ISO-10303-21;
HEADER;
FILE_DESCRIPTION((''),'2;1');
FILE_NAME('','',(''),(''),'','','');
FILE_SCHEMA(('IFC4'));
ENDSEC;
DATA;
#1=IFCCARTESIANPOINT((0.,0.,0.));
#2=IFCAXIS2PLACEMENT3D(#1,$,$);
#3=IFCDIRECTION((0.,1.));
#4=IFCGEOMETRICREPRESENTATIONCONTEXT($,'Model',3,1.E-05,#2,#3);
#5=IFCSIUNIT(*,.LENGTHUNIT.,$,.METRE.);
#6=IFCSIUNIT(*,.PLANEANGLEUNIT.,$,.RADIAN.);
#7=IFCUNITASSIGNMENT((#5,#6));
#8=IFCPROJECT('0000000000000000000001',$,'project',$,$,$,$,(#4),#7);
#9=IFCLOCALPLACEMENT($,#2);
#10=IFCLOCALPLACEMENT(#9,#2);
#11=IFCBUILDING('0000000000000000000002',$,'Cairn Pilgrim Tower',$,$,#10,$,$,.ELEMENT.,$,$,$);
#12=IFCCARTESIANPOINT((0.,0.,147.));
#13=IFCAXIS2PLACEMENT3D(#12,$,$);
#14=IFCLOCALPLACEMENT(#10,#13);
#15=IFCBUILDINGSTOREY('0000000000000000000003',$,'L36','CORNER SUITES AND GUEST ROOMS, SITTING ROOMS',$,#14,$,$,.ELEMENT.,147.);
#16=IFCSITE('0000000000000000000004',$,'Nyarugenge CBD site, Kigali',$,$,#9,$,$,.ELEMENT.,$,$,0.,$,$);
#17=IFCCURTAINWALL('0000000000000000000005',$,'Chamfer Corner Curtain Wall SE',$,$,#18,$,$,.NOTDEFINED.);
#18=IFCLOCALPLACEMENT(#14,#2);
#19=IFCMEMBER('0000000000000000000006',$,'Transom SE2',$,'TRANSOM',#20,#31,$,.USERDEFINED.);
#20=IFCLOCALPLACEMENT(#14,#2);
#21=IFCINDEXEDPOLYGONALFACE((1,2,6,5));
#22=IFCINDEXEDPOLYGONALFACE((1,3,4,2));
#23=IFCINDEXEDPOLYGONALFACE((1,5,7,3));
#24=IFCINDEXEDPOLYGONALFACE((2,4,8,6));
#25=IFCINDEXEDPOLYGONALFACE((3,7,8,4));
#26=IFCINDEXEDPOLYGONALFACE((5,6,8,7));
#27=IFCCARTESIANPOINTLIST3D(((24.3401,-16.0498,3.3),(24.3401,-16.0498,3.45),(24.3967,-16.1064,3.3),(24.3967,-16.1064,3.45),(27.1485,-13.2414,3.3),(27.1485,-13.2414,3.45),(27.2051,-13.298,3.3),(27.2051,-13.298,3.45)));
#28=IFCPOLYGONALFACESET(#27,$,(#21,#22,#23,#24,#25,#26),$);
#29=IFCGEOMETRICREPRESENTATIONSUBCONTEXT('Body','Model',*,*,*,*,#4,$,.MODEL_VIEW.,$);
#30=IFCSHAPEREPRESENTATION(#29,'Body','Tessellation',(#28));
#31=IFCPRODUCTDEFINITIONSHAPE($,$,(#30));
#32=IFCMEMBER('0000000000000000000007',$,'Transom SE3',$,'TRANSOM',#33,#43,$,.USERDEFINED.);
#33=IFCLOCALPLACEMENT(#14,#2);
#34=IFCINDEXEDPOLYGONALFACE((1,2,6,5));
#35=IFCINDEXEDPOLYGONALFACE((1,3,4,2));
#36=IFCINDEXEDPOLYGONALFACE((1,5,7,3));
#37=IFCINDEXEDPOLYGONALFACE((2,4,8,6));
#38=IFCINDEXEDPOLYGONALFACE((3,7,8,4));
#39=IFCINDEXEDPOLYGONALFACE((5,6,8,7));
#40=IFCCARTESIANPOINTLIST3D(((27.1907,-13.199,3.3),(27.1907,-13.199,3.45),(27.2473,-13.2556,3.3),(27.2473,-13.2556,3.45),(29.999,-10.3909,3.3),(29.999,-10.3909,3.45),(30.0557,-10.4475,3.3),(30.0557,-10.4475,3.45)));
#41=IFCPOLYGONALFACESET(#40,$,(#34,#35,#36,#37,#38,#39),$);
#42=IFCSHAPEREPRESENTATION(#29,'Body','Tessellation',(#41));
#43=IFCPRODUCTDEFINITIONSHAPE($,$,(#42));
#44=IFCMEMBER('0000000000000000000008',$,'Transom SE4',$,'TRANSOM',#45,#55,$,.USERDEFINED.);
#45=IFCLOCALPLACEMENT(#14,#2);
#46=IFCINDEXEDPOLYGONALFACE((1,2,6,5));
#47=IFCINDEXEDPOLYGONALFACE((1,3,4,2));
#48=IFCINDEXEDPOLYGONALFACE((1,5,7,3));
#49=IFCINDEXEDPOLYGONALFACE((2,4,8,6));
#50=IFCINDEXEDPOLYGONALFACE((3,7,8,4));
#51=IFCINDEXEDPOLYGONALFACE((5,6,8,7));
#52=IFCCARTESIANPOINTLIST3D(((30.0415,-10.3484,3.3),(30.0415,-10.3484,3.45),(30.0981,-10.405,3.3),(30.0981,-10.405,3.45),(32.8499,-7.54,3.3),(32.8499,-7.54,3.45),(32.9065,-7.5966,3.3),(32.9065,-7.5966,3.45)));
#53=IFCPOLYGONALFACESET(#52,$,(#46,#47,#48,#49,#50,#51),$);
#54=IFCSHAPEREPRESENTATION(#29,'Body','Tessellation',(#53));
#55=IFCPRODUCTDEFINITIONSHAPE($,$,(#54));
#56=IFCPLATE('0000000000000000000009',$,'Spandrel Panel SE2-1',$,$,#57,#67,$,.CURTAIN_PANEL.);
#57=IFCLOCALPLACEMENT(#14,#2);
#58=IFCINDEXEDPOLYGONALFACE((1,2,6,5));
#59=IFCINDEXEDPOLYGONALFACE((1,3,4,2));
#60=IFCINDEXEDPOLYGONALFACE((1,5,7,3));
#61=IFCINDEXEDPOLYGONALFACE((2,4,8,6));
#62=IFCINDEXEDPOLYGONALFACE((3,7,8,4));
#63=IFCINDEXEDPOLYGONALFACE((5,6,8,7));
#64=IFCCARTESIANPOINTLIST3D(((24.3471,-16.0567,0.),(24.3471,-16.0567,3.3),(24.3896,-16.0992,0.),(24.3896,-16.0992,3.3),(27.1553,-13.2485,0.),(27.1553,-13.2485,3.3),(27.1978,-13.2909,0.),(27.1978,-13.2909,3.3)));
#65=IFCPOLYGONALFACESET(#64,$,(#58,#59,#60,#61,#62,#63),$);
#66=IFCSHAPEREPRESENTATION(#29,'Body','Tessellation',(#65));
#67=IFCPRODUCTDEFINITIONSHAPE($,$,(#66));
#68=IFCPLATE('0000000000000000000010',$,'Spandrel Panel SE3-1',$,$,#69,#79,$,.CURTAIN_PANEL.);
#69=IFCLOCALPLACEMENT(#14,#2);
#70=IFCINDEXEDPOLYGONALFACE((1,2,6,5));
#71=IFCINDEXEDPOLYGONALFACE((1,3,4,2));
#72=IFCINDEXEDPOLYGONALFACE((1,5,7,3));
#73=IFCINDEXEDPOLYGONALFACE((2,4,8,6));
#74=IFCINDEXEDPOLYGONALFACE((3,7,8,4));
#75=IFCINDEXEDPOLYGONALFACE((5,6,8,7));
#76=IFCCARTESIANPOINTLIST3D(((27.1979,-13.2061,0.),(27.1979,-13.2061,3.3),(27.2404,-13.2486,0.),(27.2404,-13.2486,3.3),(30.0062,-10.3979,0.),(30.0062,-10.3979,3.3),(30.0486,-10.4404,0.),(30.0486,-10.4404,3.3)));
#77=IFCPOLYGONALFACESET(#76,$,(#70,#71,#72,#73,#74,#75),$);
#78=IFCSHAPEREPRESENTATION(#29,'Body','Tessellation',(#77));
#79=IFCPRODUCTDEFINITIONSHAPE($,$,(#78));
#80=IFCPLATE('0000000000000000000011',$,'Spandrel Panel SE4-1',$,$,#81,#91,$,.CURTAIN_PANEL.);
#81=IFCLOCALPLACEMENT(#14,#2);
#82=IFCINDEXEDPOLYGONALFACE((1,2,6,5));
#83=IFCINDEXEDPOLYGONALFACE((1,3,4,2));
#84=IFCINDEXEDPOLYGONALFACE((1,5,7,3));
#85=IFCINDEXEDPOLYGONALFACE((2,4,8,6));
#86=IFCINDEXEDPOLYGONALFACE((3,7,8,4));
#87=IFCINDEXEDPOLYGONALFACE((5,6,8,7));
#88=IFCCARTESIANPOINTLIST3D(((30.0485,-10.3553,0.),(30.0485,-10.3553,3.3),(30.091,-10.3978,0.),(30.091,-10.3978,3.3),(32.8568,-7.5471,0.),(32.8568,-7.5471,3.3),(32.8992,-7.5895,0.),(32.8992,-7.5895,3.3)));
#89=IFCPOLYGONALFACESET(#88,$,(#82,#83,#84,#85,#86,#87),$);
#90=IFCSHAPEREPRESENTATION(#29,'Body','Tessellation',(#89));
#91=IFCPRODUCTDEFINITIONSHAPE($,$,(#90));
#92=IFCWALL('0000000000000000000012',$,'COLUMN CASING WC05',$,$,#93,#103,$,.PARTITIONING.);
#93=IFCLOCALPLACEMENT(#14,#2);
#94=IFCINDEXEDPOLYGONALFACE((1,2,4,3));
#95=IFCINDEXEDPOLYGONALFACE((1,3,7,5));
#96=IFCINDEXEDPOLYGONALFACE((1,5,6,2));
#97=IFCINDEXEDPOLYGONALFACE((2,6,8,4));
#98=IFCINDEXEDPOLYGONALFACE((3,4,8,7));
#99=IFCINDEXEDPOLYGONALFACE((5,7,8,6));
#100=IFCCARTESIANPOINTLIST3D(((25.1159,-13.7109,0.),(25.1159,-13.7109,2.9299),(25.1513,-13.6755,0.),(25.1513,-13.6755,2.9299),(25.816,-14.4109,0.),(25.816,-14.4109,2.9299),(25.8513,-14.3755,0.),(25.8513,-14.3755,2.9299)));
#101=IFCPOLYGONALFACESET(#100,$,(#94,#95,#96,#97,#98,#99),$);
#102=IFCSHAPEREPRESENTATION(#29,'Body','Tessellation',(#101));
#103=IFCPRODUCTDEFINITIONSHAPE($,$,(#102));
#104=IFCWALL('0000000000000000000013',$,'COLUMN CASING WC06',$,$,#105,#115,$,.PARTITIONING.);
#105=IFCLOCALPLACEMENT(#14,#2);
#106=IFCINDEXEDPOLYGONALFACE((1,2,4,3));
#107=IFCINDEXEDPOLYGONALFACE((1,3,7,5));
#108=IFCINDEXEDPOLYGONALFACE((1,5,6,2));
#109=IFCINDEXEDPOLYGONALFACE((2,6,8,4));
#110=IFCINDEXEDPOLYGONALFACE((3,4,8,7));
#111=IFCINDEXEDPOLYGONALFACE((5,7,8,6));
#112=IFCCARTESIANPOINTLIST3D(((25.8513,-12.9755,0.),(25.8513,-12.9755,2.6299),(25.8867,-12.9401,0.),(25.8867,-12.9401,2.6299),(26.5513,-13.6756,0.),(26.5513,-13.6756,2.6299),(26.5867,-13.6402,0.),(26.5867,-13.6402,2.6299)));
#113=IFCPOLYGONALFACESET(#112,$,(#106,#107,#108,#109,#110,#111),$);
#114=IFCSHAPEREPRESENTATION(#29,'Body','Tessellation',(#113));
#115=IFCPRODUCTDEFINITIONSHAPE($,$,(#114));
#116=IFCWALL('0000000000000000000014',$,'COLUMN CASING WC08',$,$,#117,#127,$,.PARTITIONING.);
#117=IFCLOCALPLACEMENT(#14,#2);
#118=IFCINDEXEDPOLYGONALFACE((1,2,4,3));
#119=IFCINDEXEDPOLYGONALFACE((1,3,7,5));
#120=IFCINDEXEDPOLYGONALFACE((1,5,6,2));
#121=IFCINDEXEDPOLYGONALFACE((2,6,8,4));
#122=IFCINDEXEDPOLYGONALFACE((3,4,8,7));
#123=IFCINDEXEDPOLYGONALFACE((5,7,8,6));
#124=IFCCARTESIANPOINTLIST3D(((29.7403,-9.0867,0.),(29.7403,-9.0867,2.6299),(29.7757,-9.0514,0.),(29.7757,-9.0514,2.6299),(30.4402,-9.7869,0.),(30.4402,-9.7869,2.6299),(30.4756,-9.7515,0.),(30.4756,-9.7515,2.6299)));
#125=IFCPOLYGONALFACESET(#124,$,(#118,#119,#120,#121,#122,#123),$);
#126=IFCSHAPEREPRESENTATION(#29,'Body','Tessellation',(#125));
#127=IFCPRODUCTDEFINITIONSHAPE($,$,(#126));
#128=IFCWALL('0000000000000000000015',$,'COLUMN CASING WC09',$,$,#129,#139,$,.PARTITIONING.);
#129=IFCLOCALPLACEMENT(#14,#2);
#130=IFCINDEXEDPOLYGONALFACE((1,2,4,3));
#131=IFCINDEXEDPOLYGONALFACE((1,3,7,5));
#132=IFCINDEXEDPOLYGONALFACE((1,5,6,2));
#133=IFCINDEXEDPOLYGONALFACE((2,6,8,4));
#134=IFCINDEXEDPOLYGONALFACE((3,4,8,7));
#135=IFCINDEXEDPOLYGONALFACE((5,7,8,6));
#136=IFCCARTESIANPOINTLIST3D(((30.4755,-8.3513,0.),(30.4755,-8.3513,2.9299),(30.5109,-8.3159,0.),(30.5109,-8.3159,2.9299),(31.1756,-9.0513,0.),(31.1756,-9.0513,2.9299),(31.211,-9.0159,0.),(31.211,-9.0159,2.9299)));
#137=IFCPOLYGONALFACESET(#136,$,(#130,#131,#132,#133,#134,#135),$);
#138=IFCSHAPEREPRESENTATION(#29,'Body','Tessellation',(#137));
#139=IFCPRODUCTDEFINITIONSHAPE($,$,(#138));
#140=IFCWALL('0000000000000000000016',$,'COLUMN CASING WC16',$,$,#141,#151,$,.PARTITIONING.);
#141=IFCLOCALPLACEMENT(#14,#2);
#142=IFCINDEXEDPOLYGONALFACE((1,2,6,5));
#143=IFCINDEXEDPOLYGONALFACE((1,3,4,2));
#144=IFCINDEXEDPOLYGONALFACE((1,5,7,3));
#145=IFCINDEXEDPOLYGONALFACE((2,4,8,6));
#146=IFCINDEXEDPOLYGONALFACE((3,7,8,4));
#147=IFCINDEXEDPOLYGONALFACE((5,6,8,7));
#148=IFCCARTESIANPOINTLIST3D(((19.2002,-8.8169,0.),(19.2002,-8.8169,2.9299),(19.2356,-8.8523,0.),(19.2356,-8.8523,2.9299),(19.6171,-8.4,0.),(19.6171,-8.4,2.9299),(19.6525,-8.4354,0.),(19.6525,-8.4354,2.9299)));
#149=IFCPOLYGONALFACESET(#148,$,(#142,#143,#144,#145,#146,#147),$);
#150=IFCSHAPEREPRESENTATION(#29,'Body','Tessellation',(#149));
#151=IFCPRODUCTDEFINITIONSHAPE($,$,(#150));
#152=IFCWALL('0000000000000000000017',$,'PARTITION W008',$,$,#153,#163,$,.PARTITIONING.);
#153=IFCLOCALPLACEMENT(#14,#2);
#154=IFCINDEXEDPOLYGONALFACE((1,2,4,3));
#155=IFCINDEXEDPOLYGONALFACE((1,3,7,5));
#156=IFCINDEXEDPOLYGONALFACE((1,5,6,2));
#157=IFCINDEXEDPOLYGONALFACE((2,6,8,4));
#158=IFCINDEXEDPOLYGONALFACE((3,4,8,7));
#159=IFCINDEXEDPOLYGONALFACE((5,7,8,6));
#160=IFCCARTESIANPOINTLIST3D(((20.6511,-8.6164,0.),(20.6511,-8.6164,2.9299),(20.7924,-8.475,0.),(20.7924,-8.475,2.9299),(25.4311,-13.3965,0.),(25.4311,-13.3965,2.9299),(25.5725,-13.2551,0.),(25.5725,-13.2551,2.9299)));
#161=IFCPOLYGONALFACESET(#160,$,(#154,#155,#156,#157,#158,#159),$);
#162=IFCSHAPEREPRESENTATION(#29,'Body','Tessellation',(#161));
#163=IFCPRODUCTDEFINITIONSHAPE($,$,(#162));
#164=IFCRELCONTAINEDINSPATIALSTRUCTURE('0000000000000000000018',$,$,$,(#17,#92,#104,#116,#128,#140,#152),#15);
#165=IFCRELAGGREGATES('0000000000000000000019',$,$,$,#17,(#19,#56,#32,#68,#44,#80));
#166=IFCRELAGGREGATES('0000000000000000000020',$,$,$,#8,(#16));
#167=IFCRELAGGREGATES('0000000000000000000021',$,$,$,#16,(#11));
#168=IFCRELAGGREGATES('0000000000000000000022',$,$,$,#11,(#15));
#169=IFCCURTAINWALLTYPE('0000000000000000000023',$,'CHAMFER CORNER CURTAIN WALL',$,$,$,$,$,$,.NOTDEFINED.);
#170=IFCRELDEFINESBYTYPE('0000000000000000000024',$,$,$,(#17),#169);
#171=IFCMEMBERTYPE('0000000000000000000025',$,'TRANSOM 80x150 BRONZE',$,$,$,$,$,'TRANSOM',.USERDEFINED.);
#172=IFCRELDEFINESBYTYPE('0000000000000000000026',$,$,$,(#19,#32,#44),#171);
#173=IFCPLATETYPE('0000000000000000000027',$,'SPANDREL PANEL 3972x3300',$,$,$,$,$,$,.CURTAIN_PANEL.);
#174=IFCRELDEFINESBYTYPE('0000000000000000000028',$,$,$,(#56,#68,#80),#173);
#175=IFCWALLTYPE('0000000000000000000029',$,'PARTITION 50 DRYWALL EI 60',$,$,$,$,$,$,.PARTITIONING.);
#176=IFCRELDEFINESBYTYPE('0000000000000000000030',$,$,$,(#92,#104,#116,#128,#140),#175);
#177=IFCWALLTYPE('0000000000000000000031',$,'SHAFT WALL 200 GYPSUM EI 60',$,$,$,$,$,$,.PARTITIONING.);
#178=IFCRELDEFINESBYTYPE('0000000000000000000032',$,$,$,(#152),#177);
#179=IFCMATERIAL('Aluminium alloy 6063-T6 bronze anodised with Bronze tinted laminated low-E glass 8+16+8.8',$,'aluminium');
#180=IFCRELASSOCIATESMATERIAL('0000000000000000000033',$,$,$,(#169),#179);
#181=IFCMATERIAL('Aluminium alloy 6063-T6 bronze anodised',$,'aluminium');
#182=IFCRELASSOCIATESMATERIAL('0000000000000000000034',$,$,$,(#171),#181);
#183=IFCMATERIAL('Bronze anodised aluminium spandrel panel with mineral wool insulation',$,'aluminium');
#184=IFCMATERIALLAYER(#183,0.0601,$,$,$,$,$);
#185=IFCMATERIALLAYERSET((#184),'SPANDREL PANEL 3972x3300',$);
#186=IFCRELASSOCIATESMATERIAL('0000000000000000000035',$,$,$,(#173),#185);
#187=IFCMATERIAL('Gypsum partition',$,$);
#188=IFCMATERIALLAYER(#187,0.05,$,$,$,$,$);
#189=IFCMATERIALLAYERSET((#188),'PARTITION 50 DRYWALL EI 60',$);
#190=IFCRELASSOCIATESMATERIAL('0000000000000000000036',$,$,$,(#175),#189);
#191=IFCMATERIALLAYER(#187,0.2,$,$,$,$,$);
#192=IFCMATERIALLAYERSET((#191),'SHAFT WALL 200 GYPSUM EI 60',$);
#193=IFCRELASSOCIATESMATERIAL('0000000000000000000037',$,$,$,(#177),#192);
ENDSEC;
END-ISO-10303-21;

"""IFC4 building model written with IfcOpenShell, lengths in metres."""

from ifc_helpers import new_model, si_unit, direction, frame, frame_2d, origin, origin_2d, place, context, subcontext, project, spatial, rectangle, extrude, material, layer, layer_set, material_profile, profile_set, type_object, element, aggregate, save


model = new_model("IFC4")

# Units and contexts
model_context = context("Model", 3, precision=1e-05, world=origin(), true_north=direction((0.0, 1.0)))
body_context = subcontext(model_context, "Body", "Model", "MODEL_VIEW")
ifc_project = project(units=[si_unit("LENGTHUNIT", "METRE"), si_unit("PLANEANGLEUNIT", "RADIAN")], contexts=[model_context])

# Site, building, storey
site_placement = place(None, origin())
site = spatial("IfcSite", under=ifc_project, at=site_placement, Name="Nyarugenge CBD site, Kigali", CompositionType="ELEMENT", RefElevation=0.0)
building_placement = place(site_placement, origin())
building = spatial("IfcBuilding", under=site, at=building_placement, Name="Cairn Pilgrim Tower", CompositionType="ELEMENT")
storey_placement = place(building_placement, frame((0.0, 0.0, 147.0)))
storey = spatial("IfcBuildingStorey", under=building, at=storey_placement, Name="L36", Description="CORNER SUITES AND GUEST ROOMS, SITTING ROOMS", CompositionType="ELEMENT", Elevation=147.0)

# Curtain wall
ifc_material_1 = material(Name="Aluminium alloy 6063-T6 bronze anodised with Bronze tinted laminated low-E glass 8+16+8.8", Category="aluminium")
curtain_wall_type = type_object("IfcCurtainWallType", Name="CHAMFER CORNER CURTAIN WALL", PredefinedType="NOTDEFINED", material=ifc_material_1)
curtain_wall_placement = place(storey_placement, origin())
curtain_wall = element("IfcCurtainWall", 1, at=curtain_wall_placement, inside=storey, type_object=curtain_wall_type, Name="Chamfer Corner Curtain Wall SE", PredefinedType="NOTDEFINED")
ifc_material_2 = material(Name="Aluminium alloy 6063-T6 bronze anodised", Category="aluminium")

# Members
ifc_material_profile_1 = material_profile(ifc_material_2, rectangle(XDim=0.0801, YDim=0.1499, at=origin_2d()), Name="TRANSOM 80x150 BRONZE")
ifc_profile_set_1 = profile_set([ifc_material_profile_1], Name="Aluminium alloy 6063-T6 bronze anodised")
member_type_1 = type_object("IfcMemberType", Name="TRANSOM 80x150 BRONZE", ElementType="TRANSOM", PredefinedType="USERDEFINED", material=ifc_profile_set_1)
member_1_placement = place(storey_placement, frame((24.3684, -16.0781, 3.375), z_axis=(0.707107, 0.707107, 0.0), x_axis=(-0.707107, 0.707107, 0.0)))
member_1 = element("IfcMember", 2, at=member_1_placement, type_object=member_type_1, Name="Transom SE2", ObjectType="TRANSOM", PredefinedType="USERDEFINED", context=body_context, shape_type="SweptSolid", body=[
    extrude(rectangle(XDim=0.0801, YDim=0.1499, at=origin_2d()), origin(), (0.0, 0.0, 1.0), 3.9717),
])
member_2_placement = place(storey_placement, frame((27.219, -13.2273, 3.375), z_axis=(0.707138, 0.707076, 0.0), x_axis=(-0.707076, 0.707138, 0.0)))
member_2 = element("IfcMember", 3, at=member_2_placement, type_object=member_type_1, Name="Transom SE3", ObjectType="TRANSOM", PredefinedType="USERDEFINED", context=body_context, shape_type="SweptSolid", body=[
    extrude(rectangle(XDim=0.0801, YDim=0.1499, at=origin_2d()), origin(), (0.0, 0.0, 1.0), 3.9714),
])
member_3_placement = place(storey_placement, frame((30.0698, -10.3767, 3.375), z_axis=(0.707107, 0.707107, 0.0), x_axis=(-0.707107, 0.707107, 0.0)))
member_3 = element("IfcMember", 4, at=member_3_placement, type_object=member_type_1, Name="Transom SE4", ObjectType="TRANSOM", PredefinedType="USERDEFINED", context=body_context, shape_type="SweptSolid", body=[
    extrude(rectangle(XDim=0.0801, YDim=0.1499, at=origin_2d()), origin(), (0.0, 0.0, 1.0), 3.9717),
])

# Plates
ifc_material_3 = material(Name="Bronze anodised aluminium spandrel panel with mineral wool insulation", Category="aluminium")
ifc_layer_1 = layer(ifc_material_3, 0.0601)
ifc_layer_set_1 = layer_set([ifc_layer_1], Name="SPANDREL PANEL 3972x3300")
plate_type = type_object("IfcPlateType", Name="SPANDREL PANEL 3972x3300", PredefinedType="CURTAIN_PANEL", material=ifc_layer_set_1)
plate_1_placement = place(storey_placement, frame((25.7725, -14.6738, 0.0), z_axis=(0.0, 0.0, 1.0), x_axis=(0.707107, 0.707107, 0.0)))
plate_1 = element("IfcPlate", 5, at=plate_1_placement, type_object=plate_type, Name="Spandrel Panel SE2-1", PredefinedType="CURTAIN_PANEL", context=body_context, shape_type="SweptSolid", body=[
    extrude(rectangle(XDim=3.9714, YDim=0.0601, at=origin_2d()), origin(), (0.0, 0.0, 1.0), 3.3),
])
plate_2_placement = place(storey_placement, frame((28.6233, -11.8232, 0.0), z_axis=(0.0, 0.0, 1.0), x_axis=(0.707107, 0.707107, 0.0)))
plate_2 = element("IfcPlate", 6, at=plate_2_placement, type_object=plate_type, Name="Spandrel Panel SE3-1", PredefinedType="CURTAIN_PANEL", context=body_context, shape_type="SweptSolid", body=[
    extrude(rectangle(XDim=3.9714, YDim=0.0601, at=origin_2d()), origin(), (0.0, 0.0, 1.0), 3.3),
])
plate_3_placement = place(storey_placement, frame((31.4739, -8.9724, 0.0), z_axis=(0.0, 0.0, 1.0), x_axis=(0.707107, 0.707107, 0.0)))
plate_3 = element("IfcPlate", 7, at=plate_3_placement, type_object=plate_type, Name="Spandrel Panel SE4-1", PredefinedType="CURTAIN_PANEL", context=body_context, shape_type="SweptSolid", body=[
    extrude(rectangle(XDim=3.9714, YDim=0.0601, at=origin_2d()), origin(), (0.0, 0.0, 1.0), 3.3),
])
aggregate(curtain_wall, [member_1, plate_1, member_2, plate_2, member_3, plate_3])

# Walls
ifc_material_4 = material(Name="Gypsum partition")
ifc_layer_2 = layer(ifc_material_4, 0.05)
ifc_layer_set_2 = layer_set([ifc_layer_2], Name="PARTITION 50 DRYWALL EI 60")
wall_type_1 = type_object("IfcWallType", Name="PARTITION 50 DRYWALL EI 60", PredefinedType="PARTITIONING", material=ifc_layer_set_2)
wall_1_placement = place(storey_placement, frame((25.8337, -14.3933, 0.0), z_axis=(0.0, 0.0, 1.0), x_axis=(-0.707107, 0.707107, 0.0)))
element("IfcWall", 8, at=wall_1_placement, inside=storey, type_object=wall_type_1, Name="COLUMN CASING WC05", PredefinedType="PARTITIONING", context=body_context, shape_type="SweptSolid", body=[
    extrude(rectangle(XDim=0.99, YDim=0.05, at=frame_2d((0.4951, 0.0))), origin(), (0.0, 0.0, 1.0), 2.9299),
])
for number, where, z_axis, x_axis, name in (
    (9, (26.5691, -13.658, 0.0), (0.0, 0.0, 1.0), (-0.707107, 0.707107, 0.0), "COLUMN CASING WC06"),
    (10, (30.458, -9.7693, 0.0), (0.0, 0.0, 1.0), (-0.706983, 0.70723, 0.0), "COLUMN CASING WC08"),
):
    element("IfcWall", number, at=place(storey_placement, frame(where, z_axis=z_axis, x_axis=x_axis)), inside=storey, type_object=wall_type_1, Name=name, PredefinedType="PARTITIONING", context=body_context, shape_type="SweptSolid", body=[
        extrude(rectangle(XDim=0.99, YDim=0.05, at=frame_2d((0.4951, 0.0))), origin(), (0.0, 0.0, 1.0), 2.6299),
    ])
wall_2_placement = place(storey_placement, frame((31.1934, -9.0337, 0.0), z_axis=(0.0, 0.0, 1.0), x_axis=(-0.707107, 0.707107, 0.0)))
element("IfcWall", 11, at=wall_2_placement, inside=storey, type_object=wall_type_1, Name="COLUMN CASING WC09", PredefinedType="PARTITIONING", context=body_context, shape_type="SweptSolid", body=[
    extrude(rectangle(XDim=0.99, YDim=0.05, at=frame_2d((0.4951, 0.0))), origin(), (0.0, 0.0, 1.0), 2.9299),
])
wall_3_placement = place(storey_placement, frame((19.2178, -8.8347, 0.0), z_axis=(0.0, 0.0, 1.0), x_axis=(0.707107, 0.707107, 0.0)))
element("IfcWall", 12, at=wall_3_placement, inside=storey, type_object=wall_type_1, Name="COLUMN CASING WC16", PredefinedType="PARTITIONING", context=body_context, shape_type="SweptSolid", body=[
    extrude(rectangle(XDim=0.5896, YDim=0.05, at=frame_2d((0.2949, 0.0))), origin(), (0.0, 0.0, 1.0), 2.9299),
])
ifc_layer_3 = layer(ifc_material_4, 0.2)
ifc_layer_set_3 = layer_set([ifc_layer_3], Name="SHAFT WALL 200 GYPSUM EI 60")
wall_type_2 = type_object("IfcWallType", Name="SHAFT WALL 200 GYPSUM EI 60", PredefinedType="PARTITIONING", material=ifc_layer_set_3)
wall_4_placement = place(storey_placement, frame((25.5017, -13.3257, 0.0), z_axis=(0.0, 0.0, 1.0), x_axis=(-0.707107, 0.707107, 0.0)))
element("IfcWall", 13, at=wall_4_placement, inside=storey, type_object=wall_type_2, Name="PARTITION W008", PredefinedType="PARTITIONING", context=body_context, shape_type="SweptSolid", body=[
    extrude(rectangle(XDim=6.76, YDim=0.2, at=frame_2d((3.3799, 0.0))), origin(), (0.0, 0.0, 1.0), 2.9299),
])

save(model, "model.ifc")
